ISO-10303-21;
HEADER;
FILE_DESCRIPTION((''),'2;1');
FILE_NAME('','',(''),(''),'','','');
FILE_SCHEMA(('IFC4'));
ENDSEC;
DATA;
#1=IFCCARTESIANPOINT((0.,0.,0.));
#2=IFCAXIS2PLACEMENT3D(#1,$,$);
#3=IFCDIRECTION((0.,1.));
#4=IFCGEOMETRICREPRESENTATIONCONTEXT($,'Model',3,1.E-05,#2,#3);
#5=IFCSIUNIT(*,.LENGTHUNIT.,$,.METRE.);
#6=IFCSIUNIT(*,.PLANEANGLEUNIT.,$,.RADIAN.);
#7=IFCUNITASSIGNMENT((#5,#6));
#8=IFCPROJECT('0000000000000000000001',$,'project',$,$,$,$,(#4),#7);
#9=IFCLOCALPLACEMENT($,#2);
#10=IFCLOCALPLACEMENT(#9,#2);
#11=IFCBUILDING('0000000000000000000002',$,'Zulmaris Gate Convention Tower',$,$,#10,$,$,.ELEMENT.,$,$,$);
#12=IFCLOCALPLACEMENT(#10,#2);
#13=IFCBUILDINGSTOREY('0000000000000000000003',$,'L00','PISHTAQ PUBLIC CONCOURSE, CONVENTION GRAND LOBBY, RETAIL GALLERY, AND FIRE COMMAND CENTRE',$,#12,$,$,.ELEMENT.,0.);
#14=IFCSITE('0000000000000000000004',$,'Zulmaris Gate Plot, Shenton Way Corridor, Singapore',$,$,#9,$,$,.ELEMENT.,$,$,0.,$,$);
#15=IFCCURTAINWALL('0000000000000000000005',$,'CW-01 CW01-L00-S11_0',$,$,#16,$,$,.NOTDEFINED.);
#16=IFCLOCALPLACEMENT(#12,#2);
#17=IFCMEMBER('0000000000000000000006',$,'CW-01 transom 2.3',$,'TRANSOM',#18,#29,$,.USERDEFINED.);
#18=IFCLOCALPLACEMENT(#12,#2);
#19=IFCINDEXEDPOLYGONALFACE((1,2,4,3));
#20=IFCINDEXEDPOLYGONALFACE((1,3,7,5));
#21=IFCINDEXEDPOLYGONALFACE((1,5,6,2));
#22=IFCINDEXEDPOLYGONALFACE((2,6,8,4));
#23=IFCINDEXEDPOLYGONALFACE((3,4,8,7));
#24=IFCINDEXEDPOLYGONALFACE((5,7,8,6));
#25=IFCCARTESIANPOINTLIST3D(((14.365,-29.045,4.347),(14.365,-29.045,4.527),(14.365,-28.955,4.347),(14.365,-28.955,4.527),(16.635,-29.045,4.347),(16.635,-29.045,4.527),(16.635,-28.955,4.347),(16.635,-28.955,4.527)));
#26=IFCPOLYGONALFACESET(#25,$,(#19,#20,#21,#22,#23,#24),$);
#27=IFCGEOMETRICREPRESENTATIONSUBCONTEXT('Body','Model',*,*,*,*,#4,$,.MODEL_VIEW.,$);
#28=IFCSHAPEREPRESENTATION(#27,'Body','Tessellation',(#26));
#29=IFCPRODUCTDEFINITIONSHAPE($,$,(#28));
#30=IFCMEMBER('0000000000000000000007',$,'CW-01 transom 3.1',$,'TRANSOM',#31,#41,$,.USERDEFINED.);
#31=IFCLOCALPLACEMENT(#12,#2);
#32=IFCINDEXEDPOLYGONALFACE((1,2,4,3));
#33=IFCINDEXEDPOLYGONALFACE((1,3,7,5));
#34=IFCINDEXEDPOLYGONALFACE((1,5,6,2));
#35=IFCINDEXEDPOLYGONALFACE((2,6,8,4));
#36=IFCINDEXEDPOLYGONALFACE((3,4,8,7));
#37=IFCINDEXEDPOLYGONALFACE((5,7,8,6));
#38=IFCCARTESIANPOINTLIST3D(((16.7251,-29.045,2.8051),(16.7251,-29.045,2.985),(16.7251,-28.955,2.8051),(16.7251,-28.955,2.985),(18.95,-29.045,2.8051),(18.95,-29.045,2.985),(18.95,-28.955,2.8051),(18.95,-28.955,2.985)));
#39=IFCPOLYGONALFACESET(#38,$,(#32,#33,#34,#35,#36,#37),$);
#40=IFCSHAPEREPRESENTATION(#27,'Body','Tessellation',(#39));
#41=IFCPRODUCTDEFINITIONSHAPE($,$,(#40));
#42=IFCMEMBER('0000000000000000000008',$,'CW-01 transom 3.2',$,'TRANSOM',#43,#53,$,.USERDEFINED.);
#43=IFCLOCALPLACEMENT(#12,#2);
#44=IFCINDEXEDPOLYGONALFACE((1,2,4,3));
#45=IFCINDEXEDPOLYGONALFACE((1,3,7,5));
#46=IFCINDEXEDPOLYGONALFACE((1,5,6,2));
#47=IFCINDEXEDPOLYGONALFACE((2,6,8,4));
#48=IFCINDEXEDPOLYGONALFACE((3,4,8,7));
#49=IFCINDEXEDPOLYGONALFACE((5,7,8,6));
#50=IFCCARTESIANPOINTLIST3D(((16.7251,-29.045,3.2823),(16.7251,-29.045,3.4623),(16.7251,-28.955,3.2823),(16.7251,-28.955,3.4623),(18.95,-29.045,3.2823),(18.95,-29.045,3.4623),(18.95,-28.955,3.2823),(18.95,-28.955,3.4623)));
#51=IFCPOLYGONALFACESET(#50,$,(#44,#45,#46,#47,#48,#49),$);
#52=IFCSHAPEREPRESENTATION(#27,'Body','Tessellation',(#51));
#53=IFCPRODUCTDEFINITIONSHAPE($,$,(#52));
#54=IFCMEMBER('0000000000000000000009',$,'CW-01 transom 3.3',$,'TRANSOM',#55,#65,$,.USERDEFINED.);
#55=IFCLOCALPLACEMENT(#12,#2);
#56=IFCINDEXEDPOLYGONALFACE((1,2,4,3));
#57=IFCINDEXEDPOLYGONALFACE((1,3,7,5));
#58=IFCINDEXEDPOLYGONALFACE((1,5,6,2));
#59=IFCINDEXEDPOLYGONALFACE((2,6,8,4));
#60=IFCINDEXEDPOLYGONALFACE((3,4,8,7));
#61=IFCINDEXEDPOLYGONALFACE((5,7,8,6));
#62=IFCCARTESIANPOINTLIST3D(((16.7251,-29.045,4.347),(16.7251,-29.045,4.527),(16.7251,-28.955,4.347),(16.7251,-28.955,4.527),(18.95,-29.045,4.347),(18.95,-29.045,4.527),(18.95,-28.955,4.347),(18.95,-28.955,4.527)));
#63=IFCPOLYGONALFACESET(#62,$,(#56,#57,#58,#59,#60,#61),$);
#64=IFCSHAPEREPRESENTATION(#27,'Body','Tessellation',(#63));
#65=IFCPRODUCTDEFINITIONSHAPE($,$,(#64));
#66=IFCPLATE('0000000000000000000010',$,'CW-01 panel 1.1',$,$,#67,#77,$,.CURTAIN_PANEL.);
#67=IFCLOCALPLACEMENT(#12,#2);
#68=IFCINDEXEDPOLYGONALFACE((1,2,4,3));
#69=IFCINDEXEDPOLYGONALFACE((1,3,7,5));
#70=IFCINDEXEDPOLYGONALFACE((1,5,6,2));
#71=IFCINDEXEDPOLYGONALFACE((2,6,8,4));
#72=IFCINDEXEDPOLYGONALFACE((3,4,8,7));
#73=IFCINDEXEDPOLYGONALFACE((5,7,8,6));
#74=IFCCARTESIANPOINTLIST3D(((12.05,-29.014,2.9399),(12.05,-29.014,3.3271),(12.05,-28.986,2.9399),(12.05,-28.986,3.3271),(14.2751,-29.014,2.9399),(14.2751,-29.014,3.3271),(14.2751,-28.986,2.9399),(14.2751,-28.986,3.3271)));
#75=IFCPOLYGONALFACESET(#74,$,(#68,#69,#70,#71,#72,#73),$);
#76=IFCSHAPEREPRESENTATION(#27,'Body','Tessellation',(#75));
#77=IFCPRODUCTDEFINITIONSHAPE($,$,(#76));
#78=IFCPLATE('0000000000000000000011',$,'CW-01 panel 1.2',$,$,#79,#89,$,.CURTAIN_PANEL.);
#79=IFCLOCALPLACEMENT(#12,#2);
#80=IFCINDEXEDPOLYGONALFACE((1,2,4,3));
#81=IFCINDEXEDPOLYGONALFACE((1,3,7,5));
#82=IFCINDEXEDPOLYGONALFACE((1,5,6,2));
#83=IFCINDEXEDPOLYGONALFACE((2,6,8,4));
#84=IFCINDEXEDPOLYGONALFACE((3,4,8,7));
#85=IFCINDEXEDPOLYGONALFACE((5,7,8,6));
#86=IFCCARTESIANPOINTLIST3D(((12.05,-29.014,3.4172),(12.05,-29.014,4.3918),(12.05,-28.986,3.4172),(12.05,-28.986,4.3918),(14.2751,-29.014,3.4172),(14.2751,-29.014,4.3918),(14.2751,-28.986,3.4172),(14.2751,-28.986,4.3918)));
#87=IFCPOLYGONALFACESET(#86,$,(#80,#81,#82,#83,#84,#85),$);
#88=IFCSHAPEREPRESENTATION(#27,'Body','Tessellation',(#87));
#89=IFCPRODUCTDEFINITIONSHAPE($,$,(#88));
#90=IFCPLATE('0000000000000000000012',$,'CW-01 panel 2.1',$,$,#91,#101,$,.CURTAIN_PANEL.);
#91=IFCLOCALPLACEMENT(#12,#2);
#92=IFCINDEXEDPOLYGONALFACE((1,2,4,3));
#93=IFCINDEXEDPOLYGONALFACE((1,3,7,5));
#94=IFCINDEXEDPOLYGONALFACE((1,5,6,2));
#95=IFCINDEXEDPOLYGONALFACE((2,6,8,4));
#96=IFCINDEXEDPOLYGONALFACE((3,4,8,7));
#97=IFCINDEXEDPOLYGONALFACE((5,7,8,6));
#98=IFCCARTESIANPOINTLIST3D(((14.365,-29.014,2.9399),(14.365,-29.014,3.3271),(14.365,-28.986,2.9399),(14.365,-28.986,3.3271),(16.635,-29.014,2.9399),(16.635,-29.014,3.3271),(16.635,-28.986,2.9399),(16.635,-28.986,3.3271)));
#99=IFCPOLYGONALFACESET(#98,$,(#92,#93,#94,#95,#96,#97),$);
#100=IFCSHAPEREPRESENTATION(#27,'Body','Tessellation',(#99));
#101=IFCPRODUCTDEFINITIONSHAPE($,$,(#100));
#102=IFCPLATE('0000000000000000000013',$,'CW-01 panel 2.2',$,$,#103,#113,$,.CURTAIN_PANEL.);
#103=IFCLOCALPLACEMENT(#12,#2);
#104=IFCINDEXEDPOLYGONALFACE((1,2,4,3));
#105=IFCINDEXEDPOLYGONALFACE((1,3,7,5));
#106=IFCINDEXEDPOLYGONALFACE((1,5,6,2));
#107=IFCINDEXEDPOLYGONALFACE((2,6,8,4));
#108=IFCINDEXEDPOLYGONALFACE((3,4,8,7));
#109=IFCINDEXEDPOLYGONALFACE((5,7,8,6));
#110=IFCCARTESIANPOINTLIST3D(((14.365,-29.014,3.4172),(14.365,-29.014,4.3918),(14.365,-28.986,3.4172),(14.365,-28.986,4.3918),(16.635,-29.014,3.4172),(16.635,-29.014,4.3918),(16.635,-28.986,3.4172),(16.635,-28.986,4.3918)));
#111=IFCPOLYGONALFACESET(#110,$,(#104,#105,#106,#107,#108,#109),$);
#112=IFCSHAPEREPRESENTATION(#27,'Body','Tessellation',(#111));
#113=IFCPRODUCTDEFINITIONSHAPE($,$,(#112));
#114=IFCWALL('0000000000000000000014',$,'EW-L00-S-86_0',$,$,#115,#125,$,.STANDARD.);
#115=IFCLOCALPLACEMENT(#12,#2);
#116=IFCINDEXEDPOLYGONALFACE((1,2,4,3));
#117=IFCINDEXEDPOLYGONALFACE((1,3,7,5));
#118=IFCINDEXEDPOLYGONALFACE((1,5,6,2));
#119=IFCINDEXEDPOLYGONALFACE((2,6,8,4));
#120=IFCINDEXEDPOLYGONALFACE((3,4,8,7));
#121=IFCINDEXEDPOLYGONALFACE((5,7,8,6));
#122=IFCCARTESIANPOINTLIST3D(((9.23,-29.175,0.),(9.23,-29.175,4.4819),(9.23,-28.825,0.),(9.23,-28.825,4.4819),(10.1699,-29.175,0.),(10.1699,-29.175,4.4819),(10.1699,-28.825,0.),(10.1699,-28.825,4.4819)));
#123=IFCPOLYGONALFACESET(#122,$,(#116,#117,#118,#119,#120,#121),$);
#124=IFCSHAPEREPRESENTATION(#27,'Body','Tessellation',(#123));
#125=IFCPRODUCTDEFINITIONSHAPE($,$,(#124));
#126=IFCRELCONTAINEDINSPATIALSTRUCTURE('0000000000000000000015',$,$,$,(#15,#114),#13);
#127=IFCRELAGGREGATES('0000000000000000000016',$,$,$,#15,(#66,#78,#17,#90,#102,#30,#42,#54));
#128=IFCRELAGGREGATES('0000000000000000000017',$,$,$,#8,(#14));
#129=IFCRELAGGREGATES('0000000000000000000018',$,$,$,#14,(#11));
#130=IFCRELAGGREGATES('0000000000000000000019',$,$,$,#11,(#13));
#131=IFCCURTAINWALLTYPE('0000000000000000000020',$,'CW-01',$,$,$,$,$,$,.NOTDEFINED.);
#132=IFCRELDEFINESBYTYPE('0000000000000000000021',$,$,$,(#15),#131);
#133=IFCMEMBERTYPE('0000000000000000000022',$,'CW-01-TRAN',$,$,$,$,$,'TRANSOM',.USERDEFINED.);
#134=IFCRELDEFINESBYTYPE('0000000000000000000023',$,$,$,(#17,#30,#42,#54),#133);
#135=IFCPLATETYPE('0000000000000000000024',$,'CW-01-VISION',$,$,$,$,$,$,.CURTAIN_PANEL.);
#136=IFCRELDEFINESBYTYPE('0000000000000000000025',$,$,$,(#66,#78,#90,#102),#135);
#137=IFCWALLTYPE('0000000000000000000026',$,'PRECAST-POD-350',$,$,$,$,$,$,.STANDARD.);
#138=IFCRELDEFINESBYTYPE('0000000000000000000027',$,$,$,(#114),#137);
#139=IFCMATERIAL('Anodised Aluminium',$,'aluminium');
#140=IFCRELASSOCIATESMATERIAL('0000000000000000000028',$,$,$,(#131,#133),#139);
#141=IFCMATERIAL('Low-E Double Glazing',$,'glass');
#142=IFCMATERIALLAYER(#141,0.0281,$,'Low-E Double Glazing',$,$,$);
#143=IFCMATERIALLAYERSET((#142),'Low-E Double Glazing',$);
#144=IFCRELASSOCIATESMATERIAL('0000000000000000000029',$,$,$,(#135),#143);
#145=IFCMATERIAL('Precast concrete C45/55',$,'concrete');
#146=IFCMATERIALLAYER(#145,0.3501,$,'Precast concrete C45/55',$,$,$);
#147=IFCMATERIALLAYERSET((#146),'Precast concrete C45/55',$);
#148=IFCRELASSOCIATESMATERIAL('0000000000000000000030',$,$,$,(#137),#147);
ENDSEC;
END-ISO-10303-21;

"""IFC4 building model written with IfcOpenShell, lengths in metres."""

from ifc_helpers import new_model, si_unit, direction, frame, frame_2d, origin, origin_2d, place, context, subcontext, project, spatial, rectangle, extrude, material, layer, layer_set, material_profile, profile_set, type_object, element, aggregate, save


model = new_model("IFC4")

# Units and contexts
model_context = context("Model", 3, precision=1e-05, world=origin(), true_north=direction((0.0, 1.0)))
body_context = subcontext(model_context, "Body", "Model", "MODEL_VIEW")
ifc_project = project(units=[si_unit("LENGTHUNIT", "METRE"), si_unit("PLANEANGLEUNIT", "RADIAN")], contexts=[model_context])

# Site, building, storey
site_placement = place(None, origin())
site = spatial("IfcSite", under=ifc_project, at=site_placement, Name="Zulmaris Gate Plot, Shenton Way Corridor, Singapore", CompositionType="ELEMENT", RefElevation=0.0)
building_placement = place(site_placement, origin())
building = spatial("IfcBuilding", under=site, at=building_placement, Name="Zulmaris Gate Convention Tower", CompositionType="ELEMENT")
storey_placement = place(building_placement, origin())
storey = spatial("IfcBuildingStorey", under=building, at=storey_placement, Name="L00", Description="PISHTAQ PUBLIC CONCOURSE, CONVENTION GRAND LOBBY, RETAIL GALLERY, AND FIRE COMMAND CENTRE", CompositionType="ELEMENT", Elevation=0.0)

# Curtain wall, members, plates
ifc_material_1 = material(Name="Anodised Aluminium", Category="aluminium")
curtain_wall_type = type_object("IfcCurtainWallType", Name="CW-01", PredefinedType="NOTDEFINED", material=ifc_material_1)
curtain_wall_placement = place(storey_placement, origin())
curtain_wall = element("IfcCurtainWall", 1, at=curtain_wall_placement, inside=storey, type_object=curtain_wall_type, Name="CW-01 CW01-L00-S11_0", PredefinedType="NOTDEFINED")
ifc_material_profile_1 = material_profile(ifc_material_1, rectangle(XDim=0.0901, YDim=0.1799, at=origin_2d()), Name="ALU TRANSOM 90x180")
ifc_profile_set_1 = profile_set([ifc_material_profile_1], Name="Anodised Aluminium")
member_type_1 = type_object("IfcMemberType", Name="CW-01-TRAN", ElementType="TRANSOM", PredefinedType="USERDEFINED", material=ifc_profile_set_1)
member_1_placement = place(storey_placement, frame((14.365, -29.0, 4.437), z_axis=(1.0, 0.0, 0.0), x_axis=(0.0, 1.0, 0.0)))
member_1 = element("IfcMember", 2, at=member_1_placement, type_object=member_type_1, Name="CW-01 transom 2.3", ObjectType="TRANSOM", PredefinedType="USERDEFINED", context=body_context, shape_type="SweptSolid", body=[
    extrude(rectangle(XDim=0.0901, YDim=0.1799, at=origin_2d()), origin(), (0.0, 0.0, 1.0), 2.27),
])
member_2_placement = place(storey_placement, frame((16.7251, -29.0, 2.895), z_axis=(1.0, 0.0, 0.0), x_axis=(0.0, 1.0, 0.0)))
member_2 = element("IfcMember", 3, at=member_2_placement, type_object=member_type_1, Name="CW-01 transom 3.1", ObjectType="TRANSOM", PredefinedType="USERDEFINED", context=body_context, shape_type="SweptSolid", body=[
    extrude(rectangle(XDim=0.0901, YDim=0.1799, at=origin_2d()), origin(), (0.0, 0.0, 1.0), 2.2249),
])
member_3_placement = place(storey_placement, frame((16.7251, -29.0, 3.3723), z_axis=(1.0, 0.0, 0.0), x_axis=(0.0, 1.0, 0.0)))
member_3 = element("IfcMember", 4, at=member_3_placement, type_object=member_type_1, Name="CW-01 transom 3.2", ObjectType="TRANSOM", PredefinedType="USERDEFINED", context=body_context, shape_type="SweptSolid", body=[
    extrude(rectangle(XDim=0.0901, YDim=0.1799, at=origin_2d()), origin(), (0.0, 0.0, 1.0), 2.2249),
])
member_4_placement = place(storey_placement, frame((16.7251, -29.0, 4.437), z_axis=(1.0, 0.0, 0.0), x_axis=(0.0, 1.0, 0.0)))
member_4 = element("IfcMember", 5, at=member_4_placement, type_object=member_type_1, Name="CW-01 transom 3.3", ObjectType="TRANSOM", PredefinedType="USERDEFINED", context=body_context, shape_type="SweptSolid", body=[
    extrude(rectangle(XDim=0.0901, YDim=0.1799, at=origin_2d()), origin(), (0.0, 0.0, 1.0), 2.2249),
])
ifc_material_2 = material(Name="Low-E Double Glazing", Category="glass")
ifc_layer_1 = layer(ifc_material_2, 0.0281, Name="Low-E Double Glazing")
ifc_layer_set_1 = layer_set([ifc_layer_1], Name="Low-E Double Glazing")
plate_type = type_object("IfcPlateType", Name="CW-01-VISION", PredefinedType="CURTAIN_PANEL", material=ifc_layer_set_1)
plate_1_placement = place(storey_placement, frame((13.1626, -29.0, 2.9399), z_axis=(0.0, 0.0, 1.0), x_axis=(1.0, 0.0, 0.0)))
plate_1 = element("IfcPlate", 6, at=plate_1_placement, type_object=plate_type, Name="CW-01 panel 1.1", PredefinedType="CURTAIN_PANEL", context=body_context, shape_type="SweptSolid", body=[
    extrude(rectangle(XDim=2.2251, YDim=0.0281, at=origin_2d()), origin(), (0.0, 0.0, 1.0), 0.3872),
])
plate_2_placement = place(storey_placement, frame((13.1626, -29.0, 3.4172), z_axis=(0.0, 0.0, 1.0), x_axis=(1.0, 0.0, 0.0)))
plate_2 = element("IfcPlate", 7, at=plate_2_placement, type_object=plate_type, Name="CW-01 panel 1.2", PredefinedType="CURTAIN_PANEL", context=body_context, shape_type="SweptSolid", body=[
    extrude(rectangle(XDim=2.2251, YDim=0.0281, at=origin_2d()), origin(), (0.0, 0.0, 1.0), 0.9746),
])
plate_3_placement = place(storey_placement, frame((15.5, -29.0, 2.9399), z_axis=(0.0, 0.0, 1.0), x_axis=(1.0, 0.0, 0.0)))
plate_3 = element("IfcPlate", 8, at=plate_3_placement, type_object=plate_type, Name="CW-01 panel 2.1", PredefinedType="CURTAIN_PANEL", context=body_context, shape_type="SweptSolid", body=[
    extrude(rectangle(XDim=2.27, YDim=0.0281, at=origin_2d()), origin(), (0.0, 0.0, 1.0), 0.3872),
])
plate_4_placement = place(storey_placement, frame((15.5, -29.0, 3.4172), z_axis=(0.0, 0.0, 1.0), x_axis=(1.0, 0.0, 0.0)))
plate_4 = element("IfcPlate", 9, at=plate_4_placement, type_object=plate_type, Name="CW-01 panel 2.2", PredefinedType="CURTAIN_PANEL", context=body_context, shape_type="SweptSolid", body=[
    extrude(rectangle(XDim=2.27, YDim=0.0281, at=origin_2d()), origin(), (0.0, 0.0, 1.0), 0.9746),
])
aggregate(curtain_wall, [plate_1, plate_2, member_1, plate_3, plate_4, member_2, member_3, member_4])

# Wall
ifc_material_3 = material(Name="Precast concrete C45/55", Category="concrete")
ifc_layer_2 = layer(ifc_material_3, 0.3501, Name="Precast concrete C45/55")
ifc_layer_set_2 = layer_set([ifc_layer_2], Name="Precast concrete C45/55")
wall_type = type_object("IfcWallType", Name="PRECAST-POD-350", PredefinedType="STANDARD", material=ifc_layer_set_2)
wall_placement = place(storey_placement, frame((9.23, -29.0, 0.0), z_axis=(0.0, 0.0, 1.0), x_axis=(1.0, 0.0, 0.0)))
element("IfcWall", 10, at=wall_placement, inside=storey, type_object=wall_type, Name="EW-L00-S-86_0", PredefinedType="STANDARD", context=body_context, shape_type="SweptSolid", body=[
    extrude(rectangle(XDim=0.9399, YDim=0.3501, at=frame_2d((0.47, 0.0))), origin(), (0.0, 0.0, 1.0), 4.4819),
])

save(model, "model.ifc")
